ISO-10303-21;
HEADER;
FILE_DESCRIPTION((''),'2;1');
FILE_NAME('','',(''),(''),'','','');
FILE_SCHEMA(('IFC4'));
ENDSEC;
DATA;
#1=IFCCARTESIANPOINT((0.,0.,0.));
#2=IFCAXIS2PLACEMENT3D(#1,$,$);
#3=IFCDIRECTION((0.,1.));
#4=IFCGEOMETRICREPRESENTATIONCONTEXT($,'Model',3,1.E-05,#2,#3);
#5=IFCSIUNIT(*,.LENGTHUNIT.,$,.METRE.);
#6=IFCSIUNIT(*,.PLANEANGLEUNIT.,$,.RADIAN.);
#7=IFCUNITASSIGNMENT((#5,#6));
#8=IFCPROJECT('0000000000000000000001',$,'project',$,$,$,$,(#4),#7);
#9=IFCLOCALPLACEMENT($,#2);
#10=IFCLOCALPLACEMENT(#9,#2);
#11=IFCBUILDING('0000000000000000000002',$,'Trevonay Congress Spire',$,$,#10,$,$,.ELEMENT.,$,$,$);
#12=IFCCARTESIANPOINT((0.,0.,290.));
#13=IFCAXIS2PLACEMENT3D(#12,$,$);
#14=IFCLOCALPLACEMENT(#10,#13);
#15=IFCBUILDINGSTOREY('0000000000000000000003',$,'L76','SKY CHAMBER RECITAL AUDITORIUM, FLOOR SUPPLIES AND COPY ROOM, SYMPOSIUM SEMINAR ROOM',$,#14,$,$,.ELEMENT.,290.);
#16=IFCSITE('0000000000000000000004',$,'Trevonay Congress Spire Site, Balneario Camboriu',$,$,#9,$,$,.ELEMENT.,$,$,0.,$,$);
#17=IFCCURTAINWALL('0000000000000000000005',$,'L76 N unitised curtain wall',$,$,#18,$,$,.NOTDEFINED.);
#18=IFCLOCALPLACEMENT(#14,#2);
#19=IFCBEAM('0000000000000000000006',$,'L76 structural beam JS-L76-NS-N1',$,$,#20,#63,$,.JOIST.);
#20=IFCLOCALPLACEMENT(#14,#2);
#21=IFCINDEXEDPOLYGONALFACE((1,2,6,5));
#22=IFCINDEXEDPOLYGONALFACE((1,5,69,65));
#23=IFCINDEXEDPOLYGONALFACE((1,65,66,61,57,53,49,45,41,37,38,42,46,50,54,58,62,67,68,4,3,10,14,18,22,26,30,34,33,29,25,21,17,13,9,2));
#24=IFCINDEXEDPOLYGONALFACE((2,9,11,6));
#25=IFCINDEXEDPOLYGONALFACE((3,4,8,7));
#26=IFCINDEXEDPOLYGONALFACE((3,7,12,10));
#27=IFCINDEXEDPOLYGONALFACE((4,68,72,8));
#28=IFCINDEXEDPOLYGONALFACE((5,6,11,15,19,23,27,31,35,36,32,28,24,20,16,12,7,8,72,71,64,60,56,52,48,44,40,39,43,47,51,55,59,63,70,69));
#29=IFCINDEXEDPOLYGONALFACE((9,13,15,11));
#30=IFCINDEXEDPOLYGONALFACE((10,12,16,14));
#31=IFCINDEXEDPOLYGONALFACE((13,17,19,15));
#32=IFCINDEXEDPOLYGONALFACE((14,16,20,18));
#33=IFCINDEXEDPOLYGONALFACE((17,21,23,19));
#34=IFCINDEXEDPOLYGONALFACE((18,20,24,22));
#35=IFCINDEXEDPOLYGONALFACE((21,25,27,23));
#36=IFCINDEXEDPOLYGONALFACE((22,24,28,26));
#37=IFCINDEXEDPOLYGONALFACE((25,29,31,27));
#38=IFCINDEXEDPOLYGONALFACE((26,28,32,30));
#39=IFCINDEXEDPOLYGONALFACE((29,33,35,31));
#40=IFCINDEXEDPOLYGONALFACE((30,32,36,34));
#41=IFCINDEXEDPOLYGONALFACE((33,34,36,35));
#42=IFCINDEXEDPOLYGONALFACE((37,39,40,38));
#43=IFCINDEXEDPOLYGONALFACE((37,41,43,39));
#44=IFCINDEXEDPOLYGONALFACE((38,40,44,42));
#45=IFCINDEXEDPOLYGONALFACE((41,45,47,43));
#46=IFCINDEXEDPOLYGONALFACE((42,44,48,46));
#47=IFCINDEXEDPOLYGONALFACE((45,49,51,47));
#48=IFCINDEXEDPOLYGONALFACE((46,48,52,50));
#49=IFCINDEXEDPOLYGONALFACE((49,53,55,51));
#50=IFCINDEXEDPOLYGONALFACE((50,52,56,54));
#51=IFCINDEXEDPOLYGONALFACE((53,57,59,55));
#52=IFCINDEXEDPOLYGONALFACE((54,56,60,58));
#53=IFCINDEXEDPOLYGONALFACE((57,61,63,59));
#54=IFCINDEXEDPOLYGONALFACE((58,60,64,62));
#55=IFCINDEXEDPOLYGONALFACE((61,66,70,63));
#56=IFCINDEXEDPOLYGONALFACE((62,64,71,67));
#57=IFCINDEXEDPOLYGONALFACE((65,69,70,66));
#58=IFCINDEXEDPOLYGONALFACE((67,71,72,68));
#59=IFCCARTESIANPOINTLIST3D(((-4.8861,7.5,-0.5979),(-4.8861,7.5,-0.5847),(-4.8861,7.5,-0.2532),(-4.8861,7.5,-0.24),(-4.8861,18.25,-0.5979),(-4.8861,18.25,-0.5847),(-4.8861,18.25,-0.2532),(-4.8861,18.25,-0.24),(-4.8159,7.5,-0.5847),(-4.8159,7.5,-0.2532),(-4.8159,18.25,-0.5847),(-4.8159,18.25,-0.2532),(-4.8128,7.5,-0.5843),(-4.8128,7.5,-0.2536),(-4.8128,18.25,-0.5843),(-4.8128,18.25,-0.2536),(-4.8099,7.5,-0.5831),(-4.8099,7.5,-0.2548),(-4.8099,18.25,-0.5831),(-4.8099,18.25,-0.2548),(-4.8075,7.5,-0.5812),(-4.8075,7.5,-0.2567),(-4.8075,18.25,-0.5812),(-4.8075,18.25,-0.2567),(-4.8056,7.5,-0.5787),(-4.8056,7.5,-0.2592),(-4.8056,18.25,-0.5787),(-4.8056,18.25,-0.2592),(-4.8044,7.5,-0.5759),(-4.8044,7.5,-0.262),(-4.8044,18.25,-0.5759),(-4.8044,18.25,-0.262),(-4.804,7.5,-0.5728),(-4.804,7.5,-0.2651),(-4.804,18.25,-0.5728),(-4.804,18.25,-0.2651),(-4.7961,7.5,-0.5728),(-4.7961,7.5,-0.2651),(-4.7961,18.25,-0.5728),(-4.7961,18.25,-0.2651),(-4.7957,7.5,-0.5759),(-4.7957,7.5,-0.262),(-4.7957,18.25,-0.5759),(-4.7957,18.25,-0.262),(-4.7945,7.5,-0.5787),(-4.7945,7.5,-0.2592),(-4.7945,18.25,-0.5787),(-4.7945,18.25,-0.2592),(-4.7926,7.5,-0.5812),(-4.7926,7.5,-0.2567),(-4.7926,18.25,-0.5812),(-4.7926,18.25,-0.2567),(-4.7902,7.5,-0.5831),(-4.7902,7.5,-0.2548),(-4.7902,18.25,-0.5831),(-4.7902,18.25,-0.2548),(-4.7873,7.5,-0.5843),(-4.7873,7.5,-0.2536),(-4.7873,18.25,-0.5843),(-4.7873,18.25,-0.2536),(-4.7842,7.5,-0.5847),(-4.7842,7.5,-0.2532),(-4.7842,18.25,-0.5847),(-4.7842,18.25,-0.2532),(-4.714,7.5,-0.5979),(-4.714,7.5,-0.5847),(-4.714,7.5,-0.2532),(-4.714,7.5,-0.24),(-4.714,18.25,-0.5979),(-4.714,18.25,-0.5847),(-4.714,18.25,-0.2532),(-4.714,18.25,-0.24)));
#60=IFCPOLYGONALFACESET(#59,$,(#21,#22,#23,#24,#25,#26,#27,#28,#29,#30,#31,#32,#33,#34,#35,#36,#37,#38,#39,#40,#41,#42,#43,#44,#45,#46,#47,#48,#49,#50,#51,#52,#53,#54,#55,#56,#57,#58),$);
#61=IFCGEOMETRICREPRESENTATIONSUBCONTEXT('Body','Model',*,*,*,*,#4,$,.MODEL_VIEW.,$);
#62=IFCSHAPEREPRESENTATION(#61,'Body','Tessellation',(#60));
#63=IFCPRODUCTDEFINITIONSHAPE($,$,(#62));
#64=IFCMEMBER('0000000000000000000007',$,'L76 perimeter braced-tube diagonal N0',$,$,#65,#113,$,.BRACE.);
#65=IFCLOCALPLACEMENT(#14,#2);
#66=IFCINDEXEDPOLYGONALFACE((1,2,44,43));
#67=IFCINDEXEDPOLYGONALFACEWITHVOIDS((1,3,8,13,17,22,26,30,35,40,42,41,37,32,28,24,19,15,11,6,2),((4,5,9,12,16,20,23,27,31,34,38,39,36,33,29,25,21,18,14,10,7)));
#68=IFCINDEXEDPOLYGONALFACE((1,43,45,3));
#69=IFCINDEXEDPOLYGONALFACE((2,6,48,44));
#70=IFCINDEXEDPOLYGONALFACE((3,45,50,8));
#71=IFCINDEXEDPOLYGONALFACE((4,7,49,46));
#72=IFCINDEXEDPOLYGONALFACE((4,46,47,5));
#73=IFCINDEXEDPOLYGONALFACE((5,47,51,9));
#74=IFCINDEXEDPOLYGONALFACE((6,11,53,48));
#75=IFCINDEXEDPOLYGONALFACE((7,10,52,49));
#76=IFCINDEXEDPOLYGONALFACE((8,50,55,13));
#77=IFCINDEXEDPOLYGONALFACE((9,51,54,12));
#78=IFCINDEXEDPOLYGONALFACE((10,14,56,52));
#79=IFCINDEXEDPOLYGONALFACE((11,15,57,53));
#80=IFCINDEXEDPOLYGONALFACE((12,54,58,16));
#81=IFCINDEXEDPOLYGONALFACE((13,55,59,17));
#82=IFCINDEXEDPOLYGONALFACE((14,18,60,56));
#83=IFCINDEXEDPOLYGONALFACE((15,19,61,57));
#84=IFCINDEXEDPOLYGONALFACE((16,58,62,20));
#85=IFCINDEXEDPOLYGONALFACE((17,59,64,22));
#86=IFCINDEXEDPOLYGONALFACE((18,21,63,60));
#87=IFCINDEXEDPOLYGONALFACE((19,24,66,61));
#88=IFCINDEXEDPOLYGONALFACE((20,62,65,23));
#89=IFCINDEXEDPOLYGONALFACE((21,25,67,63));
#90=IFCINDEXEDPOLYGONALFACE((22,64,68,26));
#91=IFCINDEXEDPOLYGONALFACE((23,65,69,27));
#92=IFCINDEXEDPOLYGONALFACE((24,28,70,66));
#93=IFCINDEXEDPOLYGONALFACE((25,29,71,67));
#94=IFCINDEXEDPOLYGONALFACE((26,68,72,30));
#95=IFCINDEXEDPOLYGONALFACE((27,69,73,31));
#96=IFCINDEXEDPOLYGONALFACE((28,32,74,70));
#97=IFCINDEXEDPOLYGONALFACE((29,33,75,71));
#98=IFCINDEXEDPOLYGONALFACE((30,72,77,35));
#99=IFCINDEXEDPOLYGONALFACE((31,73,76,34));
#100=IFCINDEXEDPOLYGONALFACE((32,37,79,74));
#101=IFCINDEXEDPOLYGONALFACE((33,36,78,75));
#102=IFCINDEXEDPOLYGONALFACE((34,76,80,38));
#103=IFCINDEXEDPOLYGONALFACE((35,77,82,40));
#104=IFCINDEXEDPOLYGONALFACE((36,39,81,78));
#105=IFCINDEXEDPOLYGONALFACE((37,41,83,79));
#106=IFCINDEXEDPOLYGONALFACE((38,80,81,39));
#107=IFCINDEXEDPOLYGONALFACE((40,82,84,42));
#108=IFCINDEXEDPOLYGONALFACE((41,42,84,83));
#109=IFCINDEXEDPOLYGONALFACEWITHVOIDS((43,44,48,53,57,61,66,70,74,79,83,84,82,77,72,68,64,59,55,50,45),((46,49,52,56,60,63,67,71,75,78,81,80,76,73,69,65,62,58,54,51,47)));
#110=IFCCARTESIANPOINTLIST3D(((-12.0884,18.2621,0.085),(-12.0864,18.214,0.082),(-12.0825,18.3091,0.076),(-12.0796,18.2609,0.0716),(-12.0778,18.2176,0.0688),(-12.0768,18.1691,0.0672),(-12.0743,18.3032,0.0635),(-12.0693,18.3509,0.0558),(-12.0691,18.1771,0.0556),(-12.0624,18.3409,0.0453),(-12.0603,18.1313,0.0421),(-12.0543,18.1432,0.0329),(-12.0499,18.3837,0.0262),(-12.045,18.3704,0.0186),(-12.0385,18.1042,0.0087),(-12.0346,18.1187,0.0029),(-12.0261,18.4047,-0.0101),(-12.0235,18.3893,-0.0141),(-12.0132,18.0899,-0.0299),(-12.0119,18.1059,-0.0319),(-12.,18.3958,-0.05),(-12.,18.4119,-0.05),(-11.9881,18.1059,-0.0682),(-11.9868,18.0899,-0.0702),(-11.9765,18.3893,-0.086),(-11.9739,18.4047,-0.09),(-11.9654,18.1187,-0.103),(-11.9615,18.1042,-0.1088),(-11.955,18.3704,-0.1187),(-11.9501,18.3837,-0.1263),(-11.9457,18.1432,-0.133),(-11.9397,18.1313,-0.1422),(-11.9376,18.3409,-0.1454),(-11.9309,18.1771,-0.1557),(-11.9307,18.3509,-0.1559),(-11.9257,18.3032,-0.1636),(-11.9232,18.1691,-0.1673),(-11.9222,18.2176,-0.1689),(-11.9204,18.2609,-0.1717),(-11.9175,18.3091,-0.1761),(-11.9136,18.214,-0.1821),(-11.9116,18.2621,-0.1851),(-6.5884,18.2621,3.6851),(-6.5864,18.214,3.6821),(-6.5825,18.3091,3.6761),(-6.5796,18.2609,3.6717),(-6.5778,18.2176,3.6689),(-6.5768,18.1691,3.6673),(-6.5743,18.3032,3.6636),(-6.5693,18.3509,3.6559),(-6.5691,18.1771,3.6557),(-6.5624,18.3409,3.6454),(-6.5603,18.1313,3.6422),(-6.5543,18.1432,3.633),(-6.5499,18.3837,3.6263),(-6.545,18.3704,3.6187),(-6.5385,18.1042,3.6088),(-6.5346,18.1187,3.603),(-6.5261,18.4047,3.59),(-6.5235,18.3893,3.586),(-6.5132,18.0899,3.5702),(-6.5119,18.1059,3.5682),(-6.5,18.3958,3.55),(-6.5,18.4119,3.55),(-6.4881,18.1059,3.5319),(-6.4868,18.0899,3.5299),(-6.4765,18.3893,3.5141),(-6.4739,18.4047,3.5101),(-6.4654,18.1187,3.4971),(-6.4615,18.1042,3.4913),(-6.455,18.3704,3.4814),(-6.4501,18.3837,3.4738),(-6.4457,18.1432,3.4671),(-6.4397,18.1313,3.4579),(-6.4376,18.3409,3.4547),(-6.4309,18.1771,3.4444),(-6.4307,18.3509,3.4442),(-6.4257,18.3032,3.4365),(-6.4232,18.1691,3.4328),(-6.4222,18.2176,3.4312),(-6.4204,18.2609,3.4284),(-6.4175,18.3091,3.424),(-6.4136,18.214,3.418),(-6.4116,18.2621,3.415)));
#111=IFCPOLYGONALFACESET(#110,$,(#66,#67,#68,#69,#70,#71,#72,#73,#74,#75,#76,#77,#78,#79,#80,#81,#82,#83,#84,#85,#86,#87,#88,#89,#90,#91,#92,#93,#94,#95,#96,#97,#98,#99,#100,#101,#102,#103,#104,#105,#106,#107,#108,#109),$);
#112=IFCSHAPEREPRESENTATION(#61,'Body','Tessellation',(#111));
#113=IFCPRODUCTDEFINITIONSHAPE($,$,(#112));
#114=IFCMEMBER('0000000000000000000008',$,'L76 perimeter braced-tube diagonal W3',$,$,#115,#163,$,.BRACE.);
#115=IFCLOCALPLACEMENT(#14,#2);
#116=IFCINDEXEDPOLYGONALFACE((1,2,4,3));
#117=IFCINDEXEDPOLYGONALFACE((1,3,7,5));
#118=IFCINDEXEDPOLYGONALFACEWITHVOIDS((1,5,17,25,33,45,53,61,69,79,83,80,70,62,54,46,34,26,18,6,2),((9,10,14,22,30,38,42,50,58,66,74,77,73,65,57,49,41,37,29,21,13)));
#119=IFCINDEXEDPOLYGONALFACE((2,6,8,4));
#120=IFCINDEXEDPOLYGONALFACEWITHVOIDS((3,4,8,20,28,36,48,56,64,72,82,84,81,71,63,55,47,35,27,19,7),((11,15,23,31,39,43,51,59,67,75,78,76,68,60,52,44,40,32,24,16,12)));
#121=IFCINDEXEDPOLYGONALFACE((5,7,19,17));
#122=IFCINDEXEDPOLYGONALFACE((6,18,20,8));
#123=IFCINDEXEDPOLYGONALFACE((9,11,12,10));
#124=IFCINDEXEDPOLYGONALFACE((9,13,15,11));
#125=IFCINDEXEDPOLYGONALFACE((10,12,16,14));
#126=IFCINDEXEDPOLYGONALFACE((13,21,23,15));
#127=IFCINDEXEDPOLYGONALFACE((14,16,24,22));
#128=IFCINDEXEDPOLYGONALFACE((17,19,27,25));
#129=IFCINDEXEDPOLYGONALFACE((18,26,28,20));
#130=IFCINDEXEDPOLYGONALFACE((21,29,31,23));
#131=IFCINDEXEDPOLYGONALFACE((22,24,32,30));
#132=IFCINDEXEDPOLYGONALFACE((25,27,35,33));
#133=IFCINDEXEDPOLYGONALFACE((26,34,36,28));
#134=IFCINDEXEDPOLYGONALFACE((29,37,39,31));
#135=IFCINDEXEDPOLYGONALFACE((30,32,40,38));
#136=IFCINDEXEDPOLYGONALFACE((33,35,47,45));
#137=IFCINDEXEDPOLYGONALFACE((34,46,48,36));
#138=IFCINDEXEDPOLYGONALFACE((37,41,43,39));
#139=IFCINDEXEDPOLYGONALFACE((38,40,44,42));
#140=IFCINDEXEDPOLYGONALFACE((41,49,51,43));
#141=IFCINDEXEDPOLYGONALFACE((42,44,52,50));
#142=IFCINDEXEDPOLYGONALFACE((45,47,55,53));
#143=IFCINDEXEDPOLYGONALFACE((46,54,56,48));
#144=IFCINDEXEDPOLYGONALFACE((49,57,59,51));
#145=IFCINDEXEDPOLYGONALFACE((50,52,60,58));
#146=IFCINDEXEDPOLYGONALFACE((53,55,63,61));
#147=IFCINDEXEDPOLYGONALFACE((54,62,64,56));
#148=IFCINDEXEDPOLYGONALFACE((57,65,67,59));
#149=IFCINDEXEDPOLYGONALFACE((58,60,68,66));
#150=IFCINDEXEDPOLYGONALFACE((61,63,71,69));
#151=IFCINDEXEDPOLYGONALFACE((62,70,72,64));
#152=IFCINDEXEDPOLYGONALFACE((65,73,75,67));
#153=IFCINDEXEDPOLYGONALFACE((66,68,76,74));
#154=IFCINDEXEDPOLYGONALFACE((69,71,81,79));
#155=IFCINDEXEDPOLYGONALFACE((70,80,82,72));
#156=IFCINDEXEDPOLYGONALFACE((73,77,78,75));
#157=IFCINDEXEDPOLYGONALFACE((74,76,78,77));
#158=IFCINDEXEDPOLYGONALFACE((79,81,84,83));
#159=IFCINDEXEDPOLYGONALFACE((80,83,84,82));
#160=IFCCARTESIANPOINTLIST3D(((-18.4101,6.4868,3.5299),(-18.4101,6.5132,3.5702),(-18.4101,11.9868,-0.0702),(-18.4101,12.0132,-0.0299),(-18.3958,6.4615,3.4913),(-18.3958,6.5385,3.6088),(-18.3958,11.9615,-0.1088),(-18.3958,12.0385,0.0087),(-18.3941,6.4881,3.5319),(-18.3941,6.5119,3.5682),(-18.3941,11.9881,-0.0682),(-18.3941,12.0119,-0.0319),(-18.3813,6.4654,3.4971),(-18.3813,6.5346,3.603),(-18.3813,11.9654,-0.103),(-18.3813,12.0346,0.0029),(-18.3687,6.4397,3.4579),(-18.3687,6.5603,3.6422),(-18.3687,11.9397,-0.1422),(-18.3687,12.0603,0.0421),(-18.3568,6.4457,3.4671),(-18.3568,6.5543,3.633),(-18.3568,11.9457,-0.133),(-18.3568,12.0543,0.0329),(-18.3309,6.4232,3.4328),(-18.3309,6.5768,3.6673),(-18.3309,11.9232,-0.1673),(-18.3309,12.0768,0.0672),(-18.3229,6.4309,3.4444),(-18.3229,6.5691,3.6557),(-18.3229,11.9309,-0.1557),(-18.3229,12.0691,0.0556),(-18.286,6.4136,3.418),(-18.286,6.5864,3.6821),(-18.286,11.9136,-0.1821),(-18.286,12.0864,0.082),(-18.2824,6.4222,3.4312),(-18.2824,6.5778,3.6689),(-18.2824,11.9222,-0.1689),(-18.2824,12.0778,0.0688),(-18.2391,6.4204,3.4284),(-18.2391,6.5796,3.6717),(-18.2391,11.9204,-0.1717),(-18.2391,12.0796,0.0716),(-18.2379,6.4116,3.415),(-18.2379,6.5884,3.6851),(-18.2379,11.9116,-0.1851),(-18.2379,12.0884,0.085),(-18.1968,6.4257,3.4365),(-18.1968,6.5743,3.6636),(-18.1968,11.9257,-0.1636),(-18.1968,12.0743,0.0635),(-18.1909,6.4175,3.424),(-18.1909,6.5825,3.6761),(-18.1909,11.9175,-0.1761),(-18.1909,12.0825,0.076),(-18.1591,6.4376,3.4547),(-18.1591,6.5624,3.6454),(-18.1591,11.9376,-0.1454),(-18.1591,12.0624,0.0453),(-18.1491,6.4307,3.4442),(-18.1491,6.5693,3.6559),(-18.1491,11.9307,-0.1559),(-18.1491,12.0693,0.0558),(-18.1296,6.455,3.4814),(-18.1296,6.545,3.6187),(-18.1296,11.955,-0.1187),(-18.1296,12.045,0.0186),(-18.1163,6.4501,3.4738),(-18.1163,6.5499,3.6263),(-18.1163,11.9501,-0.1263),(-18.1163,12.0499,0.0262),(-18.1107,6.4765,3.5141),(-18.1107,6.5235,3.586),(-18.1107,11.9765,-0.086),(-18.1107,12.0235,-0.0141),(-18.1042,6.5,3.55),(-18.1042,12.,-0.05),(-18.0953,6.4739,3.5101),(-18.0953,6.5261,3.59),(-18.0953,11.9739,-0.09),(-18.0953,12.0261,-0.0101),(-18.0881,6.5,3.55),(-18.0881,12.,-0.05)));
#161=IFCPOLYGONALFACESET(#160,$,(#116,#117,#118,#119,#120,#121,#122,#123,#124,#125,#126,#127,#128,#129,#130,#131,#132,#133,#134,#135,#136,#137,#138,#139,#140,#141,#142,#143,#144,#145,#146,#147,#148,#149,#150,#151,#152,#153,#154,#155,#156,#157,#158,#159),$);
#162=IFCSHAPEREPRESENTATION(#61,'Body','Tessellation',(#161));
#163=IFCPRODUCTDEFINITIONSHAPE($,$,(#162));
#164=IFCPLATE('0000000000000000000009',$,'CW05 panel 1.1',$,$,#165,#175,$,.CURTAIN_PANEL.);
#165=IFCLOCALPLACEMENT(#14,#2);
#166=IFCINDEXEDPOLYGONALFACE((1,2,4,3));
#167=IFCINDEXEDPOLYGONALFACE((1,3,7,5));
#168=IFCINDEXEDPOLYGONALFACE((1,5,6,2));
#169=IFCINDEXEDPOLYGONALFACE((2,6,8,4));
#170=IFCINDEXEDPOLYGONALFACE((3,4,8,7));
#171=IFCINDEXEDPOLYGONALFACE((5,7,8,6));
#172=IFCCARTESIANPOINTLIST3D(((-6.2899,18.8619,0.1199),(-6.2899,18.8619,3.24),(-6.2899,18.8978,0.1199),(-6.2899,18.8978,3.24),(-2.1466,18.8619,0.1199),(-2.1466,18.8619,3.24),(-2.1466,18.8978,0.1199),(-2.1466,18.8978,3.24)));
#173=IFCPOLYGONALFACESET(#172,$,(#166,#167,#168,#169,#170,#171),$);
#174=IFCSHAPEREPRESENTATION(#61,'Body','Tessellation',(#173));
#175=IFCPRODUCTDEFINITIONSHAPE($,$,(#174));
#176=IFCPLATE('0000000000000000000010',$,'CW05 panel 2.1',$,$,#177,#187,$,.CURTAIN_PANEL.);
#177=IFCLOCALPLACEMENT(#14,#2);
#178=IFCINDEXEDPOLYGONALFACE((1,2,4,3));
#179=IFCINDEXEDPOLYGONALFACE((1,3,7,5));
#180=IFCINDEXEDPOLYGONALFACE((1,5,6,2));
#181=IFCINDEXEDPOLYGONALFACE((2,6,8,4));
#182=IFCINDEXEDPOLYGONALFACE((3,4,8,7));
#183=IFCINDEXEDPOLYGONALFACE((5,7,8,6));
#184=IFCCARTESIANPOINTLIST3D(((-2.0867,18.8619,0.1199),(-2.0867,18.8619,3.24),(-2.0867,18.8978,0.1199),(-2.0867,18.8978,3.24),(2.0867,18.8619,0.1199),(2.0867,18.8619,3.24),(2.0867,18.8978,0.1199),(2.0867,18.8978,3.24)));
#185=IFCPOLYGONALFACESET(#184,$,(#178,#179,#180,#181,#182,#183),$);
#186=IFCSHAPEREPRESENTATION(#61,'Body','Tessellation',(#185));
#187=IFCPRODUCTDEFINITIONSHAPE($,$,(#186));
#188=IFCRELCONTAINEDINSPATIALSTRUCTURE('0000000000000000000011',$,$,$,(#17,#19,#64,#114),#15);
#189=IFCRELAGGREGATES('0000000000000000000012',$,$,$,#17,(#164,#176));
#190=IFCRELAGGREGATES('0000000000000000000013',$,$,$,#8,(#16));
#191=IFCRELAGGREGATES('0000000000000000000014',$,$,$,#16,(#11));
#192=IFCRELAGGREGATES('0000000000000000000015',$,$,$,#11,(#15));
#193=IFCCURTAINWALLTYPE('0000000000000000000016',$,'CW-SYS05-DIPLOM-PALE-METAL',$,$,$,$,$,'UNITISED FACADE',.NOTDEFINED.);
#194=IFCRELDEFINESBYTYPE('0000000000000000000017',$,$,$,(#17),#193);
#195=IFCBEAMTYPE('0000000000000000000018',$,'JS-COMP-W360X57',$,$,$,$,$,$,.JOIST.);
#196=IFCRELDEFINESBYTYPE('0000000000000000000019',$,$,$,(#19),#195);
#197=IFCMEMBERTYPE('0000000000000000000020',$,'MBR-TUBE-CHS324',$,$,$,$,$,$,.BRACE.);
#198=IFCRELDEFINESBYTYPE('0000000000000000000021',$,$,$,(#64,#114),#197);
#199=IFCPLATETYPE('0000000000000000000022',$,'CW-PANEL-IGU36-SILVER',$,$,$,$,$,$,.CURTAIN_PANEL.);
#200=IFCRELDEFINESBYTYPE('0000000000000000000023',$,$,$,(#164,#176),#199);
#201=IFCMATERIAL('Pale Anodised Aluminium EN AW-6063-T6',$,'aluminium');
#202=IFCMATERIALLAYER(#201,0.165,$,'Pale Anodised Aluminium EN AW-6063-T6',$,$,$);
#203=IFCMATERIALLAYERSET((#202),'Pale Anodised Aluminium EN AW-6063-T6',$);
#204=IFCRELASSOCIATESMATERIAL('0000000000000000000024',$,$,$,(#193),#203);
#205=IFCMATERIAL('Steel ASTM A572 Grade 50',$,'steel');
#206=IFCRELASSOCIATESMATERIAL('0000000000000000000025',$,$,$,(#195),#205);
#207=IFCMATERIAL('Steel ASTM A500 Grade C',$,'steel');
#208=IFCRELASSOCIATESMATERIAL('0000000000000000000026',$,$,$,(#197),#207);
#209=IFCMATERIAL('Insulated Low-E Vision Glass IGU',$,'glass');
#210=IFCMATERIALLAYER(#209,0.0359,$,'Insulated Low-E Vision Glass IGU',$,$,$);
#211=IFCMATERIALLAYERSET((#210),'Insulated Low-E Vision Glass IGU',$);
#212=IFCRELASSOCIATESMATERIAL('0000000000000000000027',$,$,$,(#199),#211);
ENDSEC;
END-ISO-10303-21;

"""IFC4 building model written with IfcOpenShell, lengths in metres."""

from ifc_helpers import new_model, si_unit, direction, frame, origin, origin_2d, place, context, subcontext, project, spatial, rectangle, hollow_circle, i_section, extrude, material, layer, layer_set, material_profile, profile_set, type_object, element, aggregate, save


model = new_model("IFC4")

# Units and contexts
model_context = context("Model", 3, precision=1e-05, world=origin(), true_north=direction((0.0, 1.0)))
body_context = subcontext(model_context, "Body", "Model", "MODEL_VIEW")
ifc_project = project(units=[si_unit("LENGTHUNIT", "METRE"), si_unit("PLANEANGLEUNIT", "RADIAN")], contexts=[model_context])

# Site, building, storey
site_placement = place(None, origin())
site = spatial("IfcSite", under=ifc_project, at=site_placement, Name="Trevonay Congress Spire Site, Balneario Camboriu", CompositionType="ELEMENT", RefElevation=0.0)
building_placement = place(site_placement, origin())
building = spatial("IfcBuilding", under=site, at=building_placement, Name="Trevonay Congress Spire", CompositionType="ELEMENT")
storey_placement = place(building_placement, frame((0.0, 0.0, 290.0)))
storey = spatial("IfcBuildingStorey", under=building, at=storey_placement, Name="L76", Description="SKY CHAMBER RECITAL AUDITORIUM, FLOOR SUPPLIES AND COPY ROOM, SYMPOSIUM SEMINAR ROOM", CompositionType="ELEMENT", Elevation=290.0)

# Shared definitions
ifc_material_1 = material(Name="Steel ASTM A572 Grade 50", Category="steel")

# Curtain wall
ifc_material_2 = material(Name="Pale Anodised Aluminium EN AW-6063-T6", Category="aluminium")
ifc_layer_1 = layer(ifc_material_2, 0.165, Name="Pale Anodised Aluminium EN AW-6063-T6")
ifc_layer_set_1 = layer_set([ifc_layer_1], Name="Pale Anodised Aluminium EN AW-6063-T6")
curtain_wall_type = type_object("IfcCurtainWallType", Name="CW-SYS05-DIPLOM-PALE-METAL", ElementType="UNITISED FACADE", PredefinedType="NOTDEFINED", material=ifc_layer_set_1)
curtain_wall_placement = place(storey_placement, origin())
curtain_wall = element("IfcCurtainWall", 1, at=curtain_wall_placement, inside=storey, type_object=curtain_wall_type, Name="L76 N unitised curtain wall", PredefinedType="NOTDEFINED")

# Beam
ifc_material_profile_1 = material_profile(ifc_material_1, i_section(OverallWidth=0.1721, OverallDepth=0.3579, WebThickness=0.0078, FlangeThickness=0.0132, FilletRadius=0.012, at=origin_2d()), Name="W360x57.8")
ifc_profile_set_1 = profile_set([ifc_material_profile_1], Name="Steel ASTM A572 Grade 50")
beam_type_1 = type_object("IfcBeamType", Name="JS-COMP-W360X57", PredefinedType="JOIST", material=ifc_profile_set_1)
beam_1_placement = place(storey_placement, frame((-4.8, 7.5, -0.4189), z_axis=(0.0, 1.0, 0.0), x_axis=(-1.0, 0.0, 0.0)))
element("IfcBeam", 2, at=beam_1_placement, inside=storey, type_object=beam_type_1, Name="L76 structural beam JS-L76-NS-N1", PredefinedType="JOIST", context=body_context, shape_type="SweptSolid", body=[
    extrude(i_section(OverallWidth=0.1721, OverallDepth=0.3579, WebThickness=0.0078, FlangeThickness=0.0132, FilletRadius=0.012, at=origin_2d()), origin(), (0.0, 0.0, 1.0), 10.75),
])

# Members
ifc_material_3 = material(Name="Steel ASTM A500 Grade C", Category="steel")
ifc_material_profile_2 = material_profile(ifc_material_3, hollow_circle(Radius=0.1619, WallThickness=0.0161, at=origin_2d()), Name="CHS 323.9x16")
ifc_profile_set_2 = profile_set([ifc_material_profile_2], Name="Steel ASTM A500 Grade C")
member_type_1 = type_object("IfcMemberType", Name="MBR-TUBE-CHS324", PredefinedType="BRACE", material=ifc_profile_set_2)
for number, where, z_axis, x_axis, name in (
    (3, (-12.0, 18.25, -0.05), (0.836695, 0.0, 0.54767), (0.0, 1.0, 0.0), "L76 perimeter braced-tube diagonal N0"),
    (4, (-18.25, 12.0, -0.05), (0.0, -0.836695, 0.54767), (1.0, 0.0, 0.0), "L76 perimeter braced-tube diagonal W3"),
):
    element("IfcMember", number, at=place(storey_placement, frame(where, z_axis=z_axis, x_axis=x_axis)), inside=storey, type_object=member_type_1, Name=name, PredefinedType="BRACE", context=body_context, shape_type="SweptSolid", body=[
        extrude(hollow_circle(Radius=0.1619, WallThickness=0.0161, at=origin_2d()), origin(), (0.0, 0.0, 1.0), 6.5735),
    ])

# Plates
ifc_material_4 = material(Name="Insulated Low-E Vision Glass IGU", Category="glass")
ifc_layer_2 = layer(ifc_material_4, 0.0359, Name="Insulated Low-E Vision Glass IGU")
ifc_layer_set_2 = layer_set([ifc_layer_2], Name="Insulated Low-E Vision Glass IGU")
plate_type = type_object("IfcPlateType", Name="CW-PANEL-IGU36-SILVER", PredefinedType="CURTAIN_PANEL", material=ifc_layer_set_2)
plate_1_placement = place(storey_placement, frame((-4.2183, 18.8799, 0.1199), z_axis=(0.0, 0.0, 1.0), x_axis=(1.0, 0.0, 0.0)))
plate_1 = element("IfcPlate", 5, at=plate_1_placement, type_object=plate_type, Name="CW05 panel 1.1", PredefinedType="CURTAIN_PANEL", context=body_context, shape_type="SweptSolid", body=[
    extrude(rectangle(XDim=4.1433, YDim=0.0359, at=origin_2d()), origin(), (0.0, 0.0, 1.0), 3.1201),
])
plate_2_placement = place(storey_placement, frame((0.0, 18.8799, 0.1199), z_axis=(0.0, 0.0, 1.0), x_axis=(1.0, 0.0, 0.0)))
plate_2 = element("IfcPlate", 6, at=plate_2_placement, type_object=plate_type, Name="CW05 panel 2.1", PredefinedType="CURTAIN_PANEL", context=body_context, shape_type="SweptSolid", body=[
    extrude(rectangle(XDim=4.1733, YDim=0.0359, at=origin_2d()), origin(), (0.0, 0.0, 1.0), 3.1201),
])
aggregate(curtain_wall, [plate_1, plate_2])

save(model, "model.ifc")
